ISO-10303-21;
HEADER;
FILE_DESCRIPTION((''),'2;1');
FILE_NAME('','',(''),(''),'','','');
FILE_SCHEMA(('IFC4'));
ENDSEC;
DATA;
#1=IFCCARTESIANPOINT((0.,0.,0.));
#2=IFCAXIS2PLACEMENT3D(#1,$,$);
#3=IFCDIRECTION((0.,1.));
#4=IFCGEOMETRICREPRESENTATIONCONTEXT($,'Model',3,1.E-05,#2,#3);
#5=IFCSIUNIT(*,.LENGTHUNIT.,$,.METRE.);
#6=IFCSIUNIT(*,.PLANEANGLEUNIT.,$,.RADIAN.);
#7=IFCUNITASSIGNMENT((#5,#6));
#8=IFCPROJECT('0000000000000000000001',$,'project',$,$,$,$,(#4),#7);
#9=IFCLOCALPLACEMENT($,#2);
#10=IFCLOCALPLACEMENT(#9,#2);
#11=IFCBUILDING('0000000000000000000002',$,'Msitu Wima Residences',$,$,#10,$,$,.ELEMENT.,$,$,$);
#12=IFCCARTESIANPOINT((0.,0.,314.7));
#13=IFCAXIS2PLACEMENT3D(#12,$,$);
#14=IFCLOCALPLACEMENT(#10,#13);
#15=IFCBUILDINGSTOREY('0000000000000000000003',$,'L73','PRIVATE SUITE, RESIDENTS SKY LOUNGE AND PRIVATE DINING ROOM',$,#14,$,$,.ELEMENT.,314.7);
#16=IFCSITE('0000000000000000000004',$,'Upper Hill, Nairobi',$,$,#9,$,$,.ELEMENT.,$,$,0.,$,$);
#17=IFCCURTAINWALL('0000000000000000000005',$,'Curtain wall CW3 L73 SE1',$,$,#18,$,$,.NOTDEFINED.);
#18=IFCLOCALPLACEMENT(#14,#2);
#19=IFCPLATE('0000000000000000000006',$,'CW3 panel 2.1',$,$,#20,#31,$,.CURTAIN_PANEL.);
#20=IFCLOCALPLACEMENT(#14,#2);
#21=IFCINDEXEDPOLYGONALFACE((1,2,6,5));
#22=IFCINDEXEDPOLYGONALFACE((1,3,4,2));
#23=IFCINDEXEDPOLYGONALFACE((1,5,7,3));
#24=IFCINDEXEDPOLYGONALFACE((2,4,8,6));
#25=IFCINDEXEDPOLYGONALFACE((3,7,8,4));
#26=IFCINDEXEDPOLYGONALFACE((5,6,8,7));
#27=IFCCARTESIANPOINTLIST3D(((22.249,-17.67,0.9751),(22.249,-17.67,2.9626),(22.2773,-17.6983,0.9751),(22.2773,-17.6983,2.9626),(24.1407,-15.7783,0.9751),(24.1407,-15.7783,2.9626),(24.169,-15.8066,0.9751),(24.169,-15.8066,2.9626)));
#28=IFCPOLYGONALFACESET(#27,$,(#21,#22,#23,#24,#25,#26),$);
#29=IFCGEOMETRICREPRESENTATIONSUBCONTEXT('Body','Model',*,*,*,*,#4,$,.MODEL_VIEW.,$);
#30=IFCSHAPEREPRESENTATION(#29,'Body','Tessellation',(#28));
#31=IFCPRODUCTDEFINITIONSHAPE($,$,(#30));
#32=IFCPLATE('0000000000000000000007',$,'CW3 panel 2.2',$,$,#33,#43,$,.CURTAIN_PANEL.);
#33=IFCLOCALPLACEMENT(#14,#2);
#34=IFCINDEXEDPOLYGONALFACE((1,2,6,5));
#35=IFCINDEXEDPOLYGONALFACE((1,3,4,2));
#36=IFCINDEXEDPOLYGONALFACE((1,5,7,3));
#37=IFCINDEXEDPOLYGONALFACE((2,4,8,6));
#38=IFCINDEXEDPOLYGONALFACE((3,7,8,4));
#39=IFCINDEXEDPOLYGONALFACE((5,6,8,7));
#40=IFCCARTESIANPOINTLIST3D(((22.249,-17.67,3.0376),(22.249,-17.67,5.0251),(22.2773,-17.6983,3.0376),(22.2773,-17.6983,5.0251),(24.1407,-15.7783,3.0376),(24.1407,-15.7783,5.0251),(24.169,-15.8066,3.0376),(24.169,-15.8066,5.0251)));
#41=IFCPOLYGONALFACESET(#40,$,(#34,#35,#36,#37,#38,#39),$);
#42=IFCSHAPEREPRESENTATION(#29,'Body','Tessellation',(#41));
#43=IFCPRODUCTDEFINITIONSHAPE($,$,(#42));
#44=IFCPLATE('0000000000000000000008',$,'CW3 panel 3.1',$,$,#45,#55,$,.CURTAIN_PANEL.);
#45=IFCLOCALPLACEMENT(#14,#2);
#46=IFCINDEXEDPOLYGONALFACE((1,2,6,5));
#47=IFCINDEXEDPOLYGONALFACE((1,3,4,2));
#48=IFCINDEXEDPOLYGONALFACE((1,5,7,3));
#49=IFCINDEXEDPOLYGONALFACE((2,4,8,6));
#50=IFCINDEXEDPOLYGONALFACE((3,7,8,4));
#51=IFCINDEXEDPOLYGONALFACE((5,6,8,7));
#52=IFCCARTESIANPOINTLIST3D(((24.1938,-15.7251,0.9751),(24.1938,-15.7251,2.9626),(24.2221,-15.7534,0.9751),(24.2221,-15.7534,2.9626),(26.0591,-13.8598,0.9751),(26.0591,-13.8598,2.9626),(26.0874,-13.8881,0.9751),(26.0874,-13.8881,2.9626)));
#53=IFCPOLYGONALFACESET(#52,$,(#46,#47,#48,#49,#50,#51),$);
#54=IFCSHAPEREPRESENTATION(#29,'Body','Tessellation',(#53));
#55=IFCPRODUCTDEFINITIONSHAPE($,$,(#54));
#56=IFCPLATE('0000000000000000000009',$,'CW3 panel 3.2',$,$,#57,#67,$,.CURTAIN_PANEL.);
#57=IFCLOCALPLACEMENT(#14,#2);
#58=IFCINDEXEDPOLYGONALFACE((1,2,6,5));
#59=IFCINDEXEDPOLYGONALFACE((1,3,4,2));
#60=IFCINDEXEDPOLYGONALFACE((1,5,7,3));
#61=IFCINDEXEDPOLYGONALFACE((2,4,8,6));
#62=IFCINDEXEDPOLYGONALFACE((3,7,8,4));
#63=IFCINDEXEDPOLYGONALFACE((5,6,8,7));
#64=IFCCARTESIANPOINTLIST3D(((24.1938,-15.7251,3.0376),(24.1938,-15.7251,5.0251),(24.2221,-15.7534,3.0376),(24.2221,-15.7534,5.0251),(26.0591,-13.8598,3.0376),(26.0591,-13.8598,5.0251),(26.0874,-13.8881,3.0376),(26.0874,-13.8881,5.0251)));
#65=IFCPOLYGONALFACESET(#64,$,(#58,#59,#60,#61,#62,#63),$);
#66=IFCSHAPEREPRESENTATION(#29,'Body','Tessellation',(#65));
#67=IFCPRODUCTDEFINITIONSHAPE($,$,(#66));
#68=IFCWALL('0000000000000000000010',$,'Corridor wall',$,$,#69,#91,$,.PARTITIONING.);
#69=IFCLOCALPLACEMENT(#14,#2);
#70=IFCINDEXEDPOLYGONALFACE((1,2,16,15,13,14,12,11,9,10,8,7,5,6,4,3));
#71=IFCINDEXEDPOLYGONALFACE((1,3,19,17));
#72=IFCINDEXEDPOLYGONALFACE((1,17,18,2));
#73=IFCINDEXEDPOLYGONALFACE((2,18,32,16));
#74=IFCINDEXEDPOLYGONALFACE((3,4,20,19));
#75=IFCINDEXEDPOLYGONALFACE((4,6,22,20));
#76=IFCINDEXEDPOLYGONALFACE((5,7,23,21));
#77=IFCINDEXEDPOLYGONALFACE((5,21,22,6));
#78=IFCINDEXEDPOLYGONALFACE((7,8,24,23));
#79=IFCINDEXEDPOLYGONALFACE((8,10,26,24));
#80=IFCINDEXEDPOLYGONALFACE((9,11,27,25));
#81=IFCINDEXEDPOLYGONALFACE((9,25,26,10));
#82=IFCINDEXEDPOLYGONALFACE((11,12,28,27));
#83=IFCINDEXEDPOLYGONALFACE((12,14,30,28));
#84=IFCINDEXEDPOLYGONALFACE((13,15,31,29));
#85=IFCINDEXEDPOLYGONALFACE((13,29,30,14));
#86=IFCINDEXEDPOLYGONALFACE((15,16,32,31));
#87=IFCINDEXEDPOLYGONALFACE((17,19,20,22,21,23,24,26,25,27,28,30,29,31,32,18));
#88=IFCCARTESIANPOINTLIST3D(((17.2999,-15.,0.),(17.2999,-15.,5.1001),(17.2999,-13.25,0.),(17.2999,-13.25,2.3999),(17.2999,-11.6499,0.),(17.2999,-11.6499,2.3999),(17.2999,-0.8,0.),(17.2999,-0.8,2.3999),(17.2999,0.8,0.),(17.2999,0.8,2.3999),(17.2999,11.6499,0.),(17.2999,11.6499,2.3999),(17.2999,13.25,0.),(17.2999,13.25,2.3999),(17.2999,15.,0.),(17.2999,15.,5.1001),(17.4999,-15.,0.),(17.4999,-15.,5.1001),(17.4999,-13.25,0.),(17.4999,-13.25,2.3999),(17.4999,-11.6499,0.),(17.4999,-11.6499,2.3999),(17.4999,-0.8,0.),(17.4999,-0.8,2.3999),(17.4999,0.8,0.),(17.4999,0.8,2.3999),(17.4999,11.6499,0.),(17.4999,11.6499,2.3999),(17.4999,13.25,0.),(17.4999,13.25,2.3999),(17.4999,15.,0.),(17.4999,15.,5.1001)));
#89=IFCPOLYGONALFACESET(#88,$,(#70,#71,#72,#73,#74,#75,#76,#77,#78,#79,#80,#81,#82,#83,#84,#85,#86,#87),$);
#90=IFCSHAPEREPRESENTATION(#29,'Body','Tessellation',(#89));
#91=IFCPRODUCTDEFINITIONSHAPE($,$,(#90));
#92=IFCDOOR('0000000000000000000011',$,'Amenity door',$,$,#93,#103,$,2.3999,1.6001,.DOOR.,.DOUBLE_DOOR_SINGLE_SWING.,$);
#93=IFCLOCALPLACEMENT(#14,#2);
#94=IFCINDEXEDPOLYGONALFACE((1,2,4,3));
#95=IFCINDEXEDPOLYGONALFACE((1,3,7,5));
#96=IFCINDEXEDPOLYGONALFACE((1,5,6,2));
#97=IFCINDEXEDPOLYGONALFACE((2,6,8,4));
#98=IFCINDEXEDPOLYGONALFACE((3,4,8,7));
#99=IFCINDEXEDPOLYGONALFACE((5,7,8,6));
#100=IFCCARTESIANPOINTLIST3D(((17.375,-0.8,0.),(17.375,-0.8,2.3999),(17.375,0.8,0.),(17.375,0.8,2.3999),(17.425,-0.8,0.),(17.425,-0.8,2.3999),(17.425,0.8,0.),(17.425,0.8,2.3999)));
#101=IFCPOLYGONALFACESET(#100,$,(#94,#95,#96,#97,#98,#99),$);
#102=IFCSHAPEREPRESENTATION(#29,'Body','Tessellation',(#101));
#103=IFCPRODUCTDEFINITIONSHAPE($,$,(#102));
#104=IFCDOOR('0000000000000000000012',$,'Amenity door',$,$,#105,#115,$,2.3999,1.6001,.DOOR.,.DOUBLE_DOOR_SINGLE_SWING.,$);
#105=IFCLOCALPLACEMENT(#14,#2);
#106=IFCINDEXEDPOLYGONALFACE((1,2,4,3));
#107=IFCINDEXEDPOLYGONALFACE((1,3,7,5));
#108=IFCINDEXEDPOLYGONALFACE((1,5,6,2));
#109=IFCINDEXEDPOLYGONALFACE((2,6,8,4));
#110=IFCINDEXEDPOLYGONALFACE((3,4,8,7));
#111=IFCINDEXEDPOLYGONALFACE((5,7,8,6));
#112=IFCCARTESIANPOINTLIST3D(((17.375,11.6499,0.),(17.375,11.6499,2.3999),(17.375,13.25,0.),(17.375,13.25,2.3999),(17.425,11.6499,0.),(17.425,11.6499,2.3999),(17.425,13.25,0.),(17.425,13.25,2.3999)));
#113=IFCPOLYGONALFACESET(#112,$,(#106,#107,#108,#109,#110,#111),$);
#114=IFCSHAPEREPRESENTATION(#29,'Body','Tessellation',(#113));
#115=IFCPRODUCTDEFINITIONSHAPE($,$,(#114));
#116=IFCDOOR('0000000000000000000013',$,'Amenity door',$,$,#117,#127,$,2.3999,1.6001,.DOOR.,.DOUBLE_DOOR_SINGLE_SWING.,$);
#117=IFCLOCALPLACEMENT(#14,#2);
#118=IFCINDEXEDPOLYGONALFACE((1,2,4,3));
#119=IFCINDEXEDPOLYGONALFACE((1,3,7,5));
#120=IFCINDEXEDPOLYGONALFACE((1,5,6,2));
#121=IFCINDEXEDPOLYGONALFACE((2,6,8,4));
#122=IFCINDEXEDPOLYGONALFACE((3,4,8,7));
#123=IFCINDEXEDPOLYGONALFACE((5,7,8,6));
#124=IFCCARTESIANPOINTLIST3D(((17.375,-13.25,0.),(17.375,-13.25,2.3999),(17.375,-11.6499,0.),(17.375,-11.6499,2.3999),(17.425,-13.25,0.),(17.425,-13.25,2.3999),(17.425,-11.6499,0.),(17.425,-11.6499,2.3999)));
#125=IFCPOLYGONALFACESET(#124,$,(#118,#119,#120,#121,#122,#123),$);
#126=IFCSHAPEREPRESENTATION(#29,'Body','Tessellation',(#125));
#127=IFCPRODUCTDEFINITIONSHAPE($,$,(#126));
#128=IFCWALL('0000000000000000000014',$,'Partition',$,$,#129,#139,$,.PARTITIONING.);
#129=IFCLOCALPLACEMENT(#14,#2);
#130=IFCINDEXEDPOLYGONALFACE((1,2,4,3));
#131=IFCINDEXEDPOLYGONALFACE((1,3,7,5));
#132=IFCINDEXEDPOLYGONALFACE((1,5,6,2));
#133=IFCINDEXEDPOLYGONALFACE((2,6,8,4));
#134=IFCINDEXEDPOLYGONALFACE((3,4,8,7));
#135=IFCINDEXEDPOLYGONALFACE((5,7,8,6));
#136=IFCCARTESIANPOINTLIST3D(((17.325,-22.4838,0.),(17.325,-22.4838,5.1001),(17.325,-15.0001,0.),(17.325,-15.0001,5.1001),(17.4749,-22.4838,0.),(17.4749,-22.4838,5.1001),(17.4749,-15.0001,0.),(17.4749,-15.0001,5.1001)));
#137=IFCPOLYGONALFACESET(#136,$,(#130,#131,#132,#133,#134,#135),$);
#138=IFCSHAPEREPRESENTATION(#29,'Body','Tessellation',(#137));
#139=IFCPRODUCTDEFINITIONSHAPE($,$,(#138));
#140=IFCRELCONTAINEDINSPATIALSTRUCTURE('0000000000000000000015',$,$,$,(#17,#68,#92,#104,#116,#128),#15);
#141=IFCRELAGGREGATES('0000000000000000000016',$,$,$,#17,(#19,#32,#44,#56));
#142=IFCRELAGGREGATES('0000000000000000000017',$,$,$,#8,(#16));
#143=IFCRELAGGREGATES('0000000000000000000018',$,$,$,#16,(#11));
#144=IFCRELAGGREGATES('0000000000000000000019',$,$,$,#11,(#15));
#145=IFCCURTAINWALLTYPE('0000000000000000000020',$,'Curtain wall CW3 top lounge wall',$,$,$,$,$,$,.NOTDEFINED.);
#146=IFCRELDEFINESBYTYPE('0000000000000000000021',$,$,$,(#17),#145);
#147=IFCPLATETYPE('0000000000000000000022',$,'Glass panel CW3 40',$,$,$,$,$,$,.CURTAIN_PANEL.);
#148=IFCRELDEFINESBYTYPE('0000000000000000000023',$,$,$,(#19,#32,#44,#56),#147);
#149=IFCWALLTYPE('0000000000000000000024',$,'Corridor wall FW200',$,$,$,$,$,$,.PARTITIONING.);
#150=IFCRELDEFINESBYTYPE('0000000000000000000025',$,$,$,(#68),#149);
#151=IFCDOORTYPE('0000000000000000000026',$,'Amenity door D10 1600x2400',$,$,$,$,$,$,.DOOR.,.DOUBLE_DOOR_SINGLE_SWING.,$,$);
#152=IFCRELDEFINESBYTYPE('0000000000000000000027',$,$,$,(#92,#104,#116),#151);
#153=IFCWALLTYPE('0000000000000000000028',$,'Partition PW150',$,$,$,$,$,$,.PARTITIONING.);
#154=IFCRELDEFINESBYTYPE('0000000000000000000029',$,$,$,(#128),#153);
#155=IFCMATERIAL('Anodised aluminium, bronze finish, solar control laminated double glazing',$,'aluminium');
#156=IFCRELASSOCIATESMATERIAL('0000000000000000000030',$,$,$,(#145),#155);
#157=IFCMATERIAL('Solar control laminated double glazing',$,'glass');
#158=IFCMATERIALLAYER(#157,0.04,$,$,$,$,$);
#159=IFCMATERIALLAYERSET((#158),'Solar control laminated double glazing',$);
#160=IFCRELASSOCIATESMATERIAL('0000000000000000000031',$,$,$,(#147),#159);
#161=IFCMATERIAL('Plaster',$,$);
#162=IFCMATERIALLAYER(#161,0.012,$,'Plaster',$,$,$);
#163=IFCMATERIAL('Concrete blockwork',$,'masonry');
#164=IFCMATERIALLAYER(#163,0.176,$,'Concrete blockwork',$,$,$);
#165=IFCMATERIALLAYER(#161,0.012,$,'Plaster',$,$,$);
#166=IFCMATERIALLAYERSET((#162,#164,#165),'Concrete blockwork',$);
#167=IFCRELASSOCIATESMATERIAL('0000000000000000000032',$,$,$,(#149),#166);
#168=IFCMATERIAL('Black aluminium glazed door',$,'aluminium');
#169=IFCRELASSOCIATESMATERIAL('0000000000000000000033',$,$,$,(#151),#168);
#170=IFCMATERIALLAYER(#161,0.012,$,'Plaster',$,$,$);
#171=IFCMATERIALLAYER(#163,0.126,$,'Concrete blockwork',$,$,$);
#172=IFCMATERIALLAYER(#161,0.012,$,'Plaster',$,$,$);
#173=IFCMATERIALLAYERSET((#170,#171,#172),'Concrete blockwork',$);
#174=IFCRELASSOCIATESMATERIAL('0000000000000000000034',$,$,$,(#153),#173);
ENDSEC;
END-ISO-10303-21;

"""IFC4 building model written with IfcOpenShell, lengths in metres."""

from ifc_helpers import new_model, si_unit, direction, frame, frame_2d, origin, origin_2d, place, context, subcontext, project, spatial, rectangle, extrude, material, layer, layer_set, type_object, element, fill, aggregate, save


model = new_model("IFC4")

# Units and contexts
model_context = context("Model", 3, precision=1e-05, world=origin(), true_north=direction((0.0, 1.0)))
body_context = subcontext(model_context, "Body", "Model", "MODEL_VIEW")
ifc_project = project(units=[si_unit("LENGTHUNIT", "METRE"), si_unit("PLANEANGLEUNIT", "RADIAN")], contexts=[model_context])

# Site, building, storey
site_placement = place(None, origin())
site = spatial("IfcSite", under=ifc_project, at=site_placement, Name="Upper Hill, Nairobi", CompositionType="ELEMENT", RefElevation=0.0)
building_placement = place(site_placement, origin())
building = spatial("IfcBuilding", under=site, at=building_placement, Name="Msitu Wima Residences", CompositionType="ELEMENT")
storey_placement = place(building_placement, frame((0.0, 0.0, 314.7)))
storey = spatial("IfcBuildingStorey", under=building, at=storey_placement, Name="L73", Description="PRIVATE SUITE, RESIDENTS SKY LOUNGE AND PRIVATE DINING ROOM", CompositionType="ELEMENT", Elevation=314.7)

# Curtain wall
ifc_material_1 = material(Name="Anodised aluminium, bronze finish, solar control laminated double glazing", Category="aluminium")
curtain_wall_type = type_object("IfcCurtainWallType", Name="Curtain wall CW3 top lounge wall", PredefinedType="NOTDEFINED", material=ifc_material_1)
curtain_wall_1_placement = place(storey_placement, origin())
curtain_wall_1 = element("IfcCurtainWall", 1, at=curtain_wall_1_placement, inside=storey, type_object=curtain_wall_type, Name="Curtain wall CW3 L73 SE1", PredefinedType="NOTDEFINED")

# Plates
ifc_material_2 = material(Name="Solar control laminated double glazing", Category="glass")
ifc_layer_1 = layer(ifc_material_2, 0.04)
ifc_layer_set_1 = layer_set([ifc_layer_1], Name="Solar control laminated double glazing")
plate_type = type_object("IfcPlateType", Name="Glass panel CW3 40", PredefinedType="CURTAIN_PANEL", material=ifc_layer_set_1)
plate_1_placement = place(storey_placement, frame((23.209, -16.7383, 0.9751), z_axis=(0.0, 0.0, 1.0), x_axis=(0.707107, 0.707107, 0.0)))
plate_1 = element("IfcPlate", 2, at=plate_1_placement, type_object=plate_type, Name="CW3 panel 2.1", PredefinedType="CURTAIN_PANEL", context=body_context, shape_type="SweptSolid", body=[
    extrude(rectangle(XDim=2.6753, YDim=0.04, at=origin_2d()), origin(), (0.0, 0.0, 1.0), 1.9875),
])
plate_2_placement = place(storey_placement, frame((23.209, -16.7383, 3.0376), z_axis=(0.0, 0.0, 1.0), x_axis=(0.707107, 0.707107, 0.0)))
plate_2 = element("IfcPlate", 3, at=plate_2_placement, type_object=plate_type, Name="CW3 panel 2.2", PredefinedType="CURTAIN_PANEL", context=body_context, shape_type="SweptSolid", body=[
    extrude(rectangle(XDim=2.6753, YDim=0.04, at=origin_2d()), origin(), (0.0, 0.0, 1.0), 1.9875),
])
plate_3_placement = place(storey_placement, frame((25.1406, -14.8066, 0.9751), z_axis=(0.0, 0.0, 1.0), x_axis=(0.707107, 0.707107, 0.0)))
plate_3 = element("IfcPlate", 4, at=plate_3_placement, type_object=plate_type, Name="CW3 panel 3.1", PredefinedType="CURTAIN_PANEL", context=body_context, shape_type="SweptSolid", body=[
    extrude(rectangle(XDim=2.6379, YDim=0.04, at=origin_2d()), origin(), (0.0, 0.0, 1.0), 1.9875),
])
plate_4_placement = place(storey_placement, frame((25.1406, -14.8066, 3.0376), z_axis=(0.0, 0.0, 1.0), x_axis=(0.707107, 0.707107, 0.0)))
plate_4 = element("IfcPlate", 5, at=plate_4_placement, type_object=plate_type, Name="CW3 panel 3.2", PredefinedType="CURTAIN_PANEL", context=body_context, shape_type="SweptSolid", body=[
    extrude(rectangle(XDim=2.6379, YDim=0.04, at=origin_2d()), origin(), (0.0, 0.0, 1.0), 1.9875),
])
aggregate(curtain_wall_1, [plate_1, plate_2, plate_3, plate_4])

# Wall, openings, doors
ifc_material_3 = material(Name="Plaster")
ifc_layer_2 = layer(ifc_material_3, 0.012, Name="Plaster")
ifc_material_4 = material(Name="Concrete blockwork", Category="masonry")
ifc_layer_3 = layer(ifc_material_4, 0.176, Name="Concrete blockwork")
ifc_layer_4 = layer(ifc_material_3, 0.012, Name="Plaster")
ifc_layer_set_2 = layer_set([ifc_layer_2, ifc_layer_3, ifc_layer_4], Name="Concrete blockwork")
wall_type_1 = type_object("IfcWallType", Name="Corridor wall FW200", PredefinedType="PARTITIONING", material=ifc_layer_set_2)
wall_1_placement = place(storey_placement, frame((17.3999, -15.0, 0.0), z_axis=(0.0, 0.0, 1.0), x_axis=(0.0, 1.0, 0.0)))
wall_1 = element("IfcWall", 6, at=wall_1_placement, inside=storey, type_object=wall_type_1, Name="Corridor wall", PredefinedType="PARTITIONING", context=body_context, shape_type="SweptSolid", body=[
    extrude(rectangle(XDim=30.0, YDim=0.2, at=frame_2d((15.0, 0.0))), origin(), (0.0, 0.0, 1.0), 5.1001),
])
opening_1_placement = place(wall_1_placement, frame((14.2, 0.0, 0.0)))
opening_1 = element("IfcOpeningElement", 7, at=opening_1_placement, cuts=wall_1, PredefinedType="OPENING", context=body_context, shape_type="SweptSolid", body=[
    extrude(rectangle(XDim=1.6001, YDim=2.3999, at=frame_2d((0.8, 1.2))), frame((0.0, 0.1099, 0.0), z_axis=(0.0, -1.0, 0.0), x_axis=(1.0, 0.0, 0.0)), (0.0, 0.0, 1.0), 0.22),
])
opening_2_placement = place(wall_1_placement, frame((26.6499, 0.0, 0.0)))
opening_2 = element("IfcOpeningElement", 8, at=opening_2_placement, cuts=wall_1, PredefinedType="OPENING", context=body_context, shape_type="SweptSolid", body=[
    extrude(rectangle(XDim=1.6001, YDim=2.3999, at=frame_2d((0.8, 1.2))), frame((0.0, 0.1099, 0.0), z_axis=(0.0, -1.0, 0.0), x_axis=(1.0, 0.0, 0.0)), (0.0, 0.0, 1.0), 0.22),
])
opening_3_placement = place(wall_1_placement, frame((1.75, 0.0, 0.0)))
opening_3 = element("IfcOpeningElement", 9, at=opening_3_placement, cuts=wall_1, PredefinedType="OPENING", context=body_context, shape_type="SweptSolid", body=[
    extrude(rectangle(XDim=1.6001, YDim=2.3999, at=frame_2d((0.8, 1.2))), frame((0.0, 0.1099, 0.0), z_axis=(0.0, -1.0, 0.0), x_axis=(1.0, 0.0, 0.0)), (0.0, 0.0, 1.0), 0.22),
])
ifc_material_5 = material(Name="Black aluminium glazed door", Category="aluminium")
door_type = type_object("IfcDoorType", Name="Amenity door D10 1600x2400", OperationType="DOUBLE_DOOR_SINGLE_SWING", PredefinedType="DOOR", material=ifc_material_5)
door_1_placement = place(opening_1_placement, origin())
door_1 = element("IfcDoor", 10, at=door_1_placement, inside=storey, type_object=door_type, Name="Amenity door", OperationType="DOUBLE_DOOR_SINGLE_SWING", OverallHeight=2.3999, OverallWidth=1.6001, PredefinedType="DOOR", context=body_context, shape_type="SweptSolid", body=[
    extrude(rectangle(XDim=1.6001, YDim=2.3999, at=frame_2d((0.8, 1.2))), frame((0.0, 0.0249, 0.0), z_axis=(0.0, -1.0, 0.0), x_axis=(1.0, 0.0, 0.0)), (0.0, 0.0, 1.0), 0.05),
])
fill(opening_1, door_1)
door_2_placement = place(opening_2_placement, origin())
door_2 = element("IfcDoor", 11, at=door_2_placement, inside=storey, type_object=door_type, Name="Amenity door", OperationType="DOUBLE_DOOR_SINGLE_SWING", OverallHeight=2.3999, OverallWidth=1.6001, PredefinedType="DOOR", context=body_context, shape_type="SweptSolid", body=[
    extrude(rectangle(XDim=1.6001, YDim=2.3999, at=frame_2d((0.8, 1.2))), frame((0.0, 0.0249, 0.0), z_axis=(0.0, -1.0, 0.0), x_axis=(1.0, 0.0, 0.0)), (0.0, 0.0, 1.0), 0.05),
])
fill(opening_2, door_2)
door_3_placement = place(opening_3_placement, origin())
door_3 = element("IfcDoor", 12, at=door_3_placement, inside=storey, type_object=door_type, Name="Amenity door", OperationType="DOUBLE_DOOR_SINGLE_SWING", OverallHeight=2.3999, OverallWidth=1.6001, PredefinedType="DOOR", context=body_context, shape_type="SweptSolid", body=[
    extrude(rectangle(XDim=1.6001, YDim=2.3999, at=frame_2d((0.8, 1.2))), frame((0.0, 0.0249, 0.0), z_axis=(0.0, -1.0, 0.0), x_axis=(1.0, 0.0, 0.0)), (0.0, 0.0, 1.0), 0.05),
])
fill(opening_3, door_3)

# Wall
ifc_layer_5 = layer(ifc_material_3, 0.012, Name="Plaster")
ifc_layer_6 = layer(ifc_material_4, 0.126, Name="Concrete blockwork")
ifc_layer_7 = layer(ifc_material_3, 0.012, Name="Plaster")
ifc_layer_set_3 = layer_set([ifc_layer_5, ifc_layer_6, ifc_layer_7], Name="Concrete blockwork")
wall_type_2 = type_object("IfcWallType", Name="Partition PW150", PredefinedType="PARTITIONING", material=ifc_layer_set_3)
wall_2_placement = place(storey_placement, frame((17.3999, -22.4836, 0.0), z_axis=(0.0, 0.0, 1.0), x_axis=(0.0, 1.0, 0.0)))
element("IfcWall", 13, at=wall_2_placement, inside=storey, type_object=wall_type_2, Name="Partition", PredefinedType="PARTITIONING", context=body_context, shape_type="SweptSolid", body=[
    extrude(rectangle(XDim=7.4836, YDim=0.1499, at=frame_2d((3.7417, 0.0))), origin(), (0.0, 0.0, 1.0), 5.1001),
])

save(model, "model.ifc")
